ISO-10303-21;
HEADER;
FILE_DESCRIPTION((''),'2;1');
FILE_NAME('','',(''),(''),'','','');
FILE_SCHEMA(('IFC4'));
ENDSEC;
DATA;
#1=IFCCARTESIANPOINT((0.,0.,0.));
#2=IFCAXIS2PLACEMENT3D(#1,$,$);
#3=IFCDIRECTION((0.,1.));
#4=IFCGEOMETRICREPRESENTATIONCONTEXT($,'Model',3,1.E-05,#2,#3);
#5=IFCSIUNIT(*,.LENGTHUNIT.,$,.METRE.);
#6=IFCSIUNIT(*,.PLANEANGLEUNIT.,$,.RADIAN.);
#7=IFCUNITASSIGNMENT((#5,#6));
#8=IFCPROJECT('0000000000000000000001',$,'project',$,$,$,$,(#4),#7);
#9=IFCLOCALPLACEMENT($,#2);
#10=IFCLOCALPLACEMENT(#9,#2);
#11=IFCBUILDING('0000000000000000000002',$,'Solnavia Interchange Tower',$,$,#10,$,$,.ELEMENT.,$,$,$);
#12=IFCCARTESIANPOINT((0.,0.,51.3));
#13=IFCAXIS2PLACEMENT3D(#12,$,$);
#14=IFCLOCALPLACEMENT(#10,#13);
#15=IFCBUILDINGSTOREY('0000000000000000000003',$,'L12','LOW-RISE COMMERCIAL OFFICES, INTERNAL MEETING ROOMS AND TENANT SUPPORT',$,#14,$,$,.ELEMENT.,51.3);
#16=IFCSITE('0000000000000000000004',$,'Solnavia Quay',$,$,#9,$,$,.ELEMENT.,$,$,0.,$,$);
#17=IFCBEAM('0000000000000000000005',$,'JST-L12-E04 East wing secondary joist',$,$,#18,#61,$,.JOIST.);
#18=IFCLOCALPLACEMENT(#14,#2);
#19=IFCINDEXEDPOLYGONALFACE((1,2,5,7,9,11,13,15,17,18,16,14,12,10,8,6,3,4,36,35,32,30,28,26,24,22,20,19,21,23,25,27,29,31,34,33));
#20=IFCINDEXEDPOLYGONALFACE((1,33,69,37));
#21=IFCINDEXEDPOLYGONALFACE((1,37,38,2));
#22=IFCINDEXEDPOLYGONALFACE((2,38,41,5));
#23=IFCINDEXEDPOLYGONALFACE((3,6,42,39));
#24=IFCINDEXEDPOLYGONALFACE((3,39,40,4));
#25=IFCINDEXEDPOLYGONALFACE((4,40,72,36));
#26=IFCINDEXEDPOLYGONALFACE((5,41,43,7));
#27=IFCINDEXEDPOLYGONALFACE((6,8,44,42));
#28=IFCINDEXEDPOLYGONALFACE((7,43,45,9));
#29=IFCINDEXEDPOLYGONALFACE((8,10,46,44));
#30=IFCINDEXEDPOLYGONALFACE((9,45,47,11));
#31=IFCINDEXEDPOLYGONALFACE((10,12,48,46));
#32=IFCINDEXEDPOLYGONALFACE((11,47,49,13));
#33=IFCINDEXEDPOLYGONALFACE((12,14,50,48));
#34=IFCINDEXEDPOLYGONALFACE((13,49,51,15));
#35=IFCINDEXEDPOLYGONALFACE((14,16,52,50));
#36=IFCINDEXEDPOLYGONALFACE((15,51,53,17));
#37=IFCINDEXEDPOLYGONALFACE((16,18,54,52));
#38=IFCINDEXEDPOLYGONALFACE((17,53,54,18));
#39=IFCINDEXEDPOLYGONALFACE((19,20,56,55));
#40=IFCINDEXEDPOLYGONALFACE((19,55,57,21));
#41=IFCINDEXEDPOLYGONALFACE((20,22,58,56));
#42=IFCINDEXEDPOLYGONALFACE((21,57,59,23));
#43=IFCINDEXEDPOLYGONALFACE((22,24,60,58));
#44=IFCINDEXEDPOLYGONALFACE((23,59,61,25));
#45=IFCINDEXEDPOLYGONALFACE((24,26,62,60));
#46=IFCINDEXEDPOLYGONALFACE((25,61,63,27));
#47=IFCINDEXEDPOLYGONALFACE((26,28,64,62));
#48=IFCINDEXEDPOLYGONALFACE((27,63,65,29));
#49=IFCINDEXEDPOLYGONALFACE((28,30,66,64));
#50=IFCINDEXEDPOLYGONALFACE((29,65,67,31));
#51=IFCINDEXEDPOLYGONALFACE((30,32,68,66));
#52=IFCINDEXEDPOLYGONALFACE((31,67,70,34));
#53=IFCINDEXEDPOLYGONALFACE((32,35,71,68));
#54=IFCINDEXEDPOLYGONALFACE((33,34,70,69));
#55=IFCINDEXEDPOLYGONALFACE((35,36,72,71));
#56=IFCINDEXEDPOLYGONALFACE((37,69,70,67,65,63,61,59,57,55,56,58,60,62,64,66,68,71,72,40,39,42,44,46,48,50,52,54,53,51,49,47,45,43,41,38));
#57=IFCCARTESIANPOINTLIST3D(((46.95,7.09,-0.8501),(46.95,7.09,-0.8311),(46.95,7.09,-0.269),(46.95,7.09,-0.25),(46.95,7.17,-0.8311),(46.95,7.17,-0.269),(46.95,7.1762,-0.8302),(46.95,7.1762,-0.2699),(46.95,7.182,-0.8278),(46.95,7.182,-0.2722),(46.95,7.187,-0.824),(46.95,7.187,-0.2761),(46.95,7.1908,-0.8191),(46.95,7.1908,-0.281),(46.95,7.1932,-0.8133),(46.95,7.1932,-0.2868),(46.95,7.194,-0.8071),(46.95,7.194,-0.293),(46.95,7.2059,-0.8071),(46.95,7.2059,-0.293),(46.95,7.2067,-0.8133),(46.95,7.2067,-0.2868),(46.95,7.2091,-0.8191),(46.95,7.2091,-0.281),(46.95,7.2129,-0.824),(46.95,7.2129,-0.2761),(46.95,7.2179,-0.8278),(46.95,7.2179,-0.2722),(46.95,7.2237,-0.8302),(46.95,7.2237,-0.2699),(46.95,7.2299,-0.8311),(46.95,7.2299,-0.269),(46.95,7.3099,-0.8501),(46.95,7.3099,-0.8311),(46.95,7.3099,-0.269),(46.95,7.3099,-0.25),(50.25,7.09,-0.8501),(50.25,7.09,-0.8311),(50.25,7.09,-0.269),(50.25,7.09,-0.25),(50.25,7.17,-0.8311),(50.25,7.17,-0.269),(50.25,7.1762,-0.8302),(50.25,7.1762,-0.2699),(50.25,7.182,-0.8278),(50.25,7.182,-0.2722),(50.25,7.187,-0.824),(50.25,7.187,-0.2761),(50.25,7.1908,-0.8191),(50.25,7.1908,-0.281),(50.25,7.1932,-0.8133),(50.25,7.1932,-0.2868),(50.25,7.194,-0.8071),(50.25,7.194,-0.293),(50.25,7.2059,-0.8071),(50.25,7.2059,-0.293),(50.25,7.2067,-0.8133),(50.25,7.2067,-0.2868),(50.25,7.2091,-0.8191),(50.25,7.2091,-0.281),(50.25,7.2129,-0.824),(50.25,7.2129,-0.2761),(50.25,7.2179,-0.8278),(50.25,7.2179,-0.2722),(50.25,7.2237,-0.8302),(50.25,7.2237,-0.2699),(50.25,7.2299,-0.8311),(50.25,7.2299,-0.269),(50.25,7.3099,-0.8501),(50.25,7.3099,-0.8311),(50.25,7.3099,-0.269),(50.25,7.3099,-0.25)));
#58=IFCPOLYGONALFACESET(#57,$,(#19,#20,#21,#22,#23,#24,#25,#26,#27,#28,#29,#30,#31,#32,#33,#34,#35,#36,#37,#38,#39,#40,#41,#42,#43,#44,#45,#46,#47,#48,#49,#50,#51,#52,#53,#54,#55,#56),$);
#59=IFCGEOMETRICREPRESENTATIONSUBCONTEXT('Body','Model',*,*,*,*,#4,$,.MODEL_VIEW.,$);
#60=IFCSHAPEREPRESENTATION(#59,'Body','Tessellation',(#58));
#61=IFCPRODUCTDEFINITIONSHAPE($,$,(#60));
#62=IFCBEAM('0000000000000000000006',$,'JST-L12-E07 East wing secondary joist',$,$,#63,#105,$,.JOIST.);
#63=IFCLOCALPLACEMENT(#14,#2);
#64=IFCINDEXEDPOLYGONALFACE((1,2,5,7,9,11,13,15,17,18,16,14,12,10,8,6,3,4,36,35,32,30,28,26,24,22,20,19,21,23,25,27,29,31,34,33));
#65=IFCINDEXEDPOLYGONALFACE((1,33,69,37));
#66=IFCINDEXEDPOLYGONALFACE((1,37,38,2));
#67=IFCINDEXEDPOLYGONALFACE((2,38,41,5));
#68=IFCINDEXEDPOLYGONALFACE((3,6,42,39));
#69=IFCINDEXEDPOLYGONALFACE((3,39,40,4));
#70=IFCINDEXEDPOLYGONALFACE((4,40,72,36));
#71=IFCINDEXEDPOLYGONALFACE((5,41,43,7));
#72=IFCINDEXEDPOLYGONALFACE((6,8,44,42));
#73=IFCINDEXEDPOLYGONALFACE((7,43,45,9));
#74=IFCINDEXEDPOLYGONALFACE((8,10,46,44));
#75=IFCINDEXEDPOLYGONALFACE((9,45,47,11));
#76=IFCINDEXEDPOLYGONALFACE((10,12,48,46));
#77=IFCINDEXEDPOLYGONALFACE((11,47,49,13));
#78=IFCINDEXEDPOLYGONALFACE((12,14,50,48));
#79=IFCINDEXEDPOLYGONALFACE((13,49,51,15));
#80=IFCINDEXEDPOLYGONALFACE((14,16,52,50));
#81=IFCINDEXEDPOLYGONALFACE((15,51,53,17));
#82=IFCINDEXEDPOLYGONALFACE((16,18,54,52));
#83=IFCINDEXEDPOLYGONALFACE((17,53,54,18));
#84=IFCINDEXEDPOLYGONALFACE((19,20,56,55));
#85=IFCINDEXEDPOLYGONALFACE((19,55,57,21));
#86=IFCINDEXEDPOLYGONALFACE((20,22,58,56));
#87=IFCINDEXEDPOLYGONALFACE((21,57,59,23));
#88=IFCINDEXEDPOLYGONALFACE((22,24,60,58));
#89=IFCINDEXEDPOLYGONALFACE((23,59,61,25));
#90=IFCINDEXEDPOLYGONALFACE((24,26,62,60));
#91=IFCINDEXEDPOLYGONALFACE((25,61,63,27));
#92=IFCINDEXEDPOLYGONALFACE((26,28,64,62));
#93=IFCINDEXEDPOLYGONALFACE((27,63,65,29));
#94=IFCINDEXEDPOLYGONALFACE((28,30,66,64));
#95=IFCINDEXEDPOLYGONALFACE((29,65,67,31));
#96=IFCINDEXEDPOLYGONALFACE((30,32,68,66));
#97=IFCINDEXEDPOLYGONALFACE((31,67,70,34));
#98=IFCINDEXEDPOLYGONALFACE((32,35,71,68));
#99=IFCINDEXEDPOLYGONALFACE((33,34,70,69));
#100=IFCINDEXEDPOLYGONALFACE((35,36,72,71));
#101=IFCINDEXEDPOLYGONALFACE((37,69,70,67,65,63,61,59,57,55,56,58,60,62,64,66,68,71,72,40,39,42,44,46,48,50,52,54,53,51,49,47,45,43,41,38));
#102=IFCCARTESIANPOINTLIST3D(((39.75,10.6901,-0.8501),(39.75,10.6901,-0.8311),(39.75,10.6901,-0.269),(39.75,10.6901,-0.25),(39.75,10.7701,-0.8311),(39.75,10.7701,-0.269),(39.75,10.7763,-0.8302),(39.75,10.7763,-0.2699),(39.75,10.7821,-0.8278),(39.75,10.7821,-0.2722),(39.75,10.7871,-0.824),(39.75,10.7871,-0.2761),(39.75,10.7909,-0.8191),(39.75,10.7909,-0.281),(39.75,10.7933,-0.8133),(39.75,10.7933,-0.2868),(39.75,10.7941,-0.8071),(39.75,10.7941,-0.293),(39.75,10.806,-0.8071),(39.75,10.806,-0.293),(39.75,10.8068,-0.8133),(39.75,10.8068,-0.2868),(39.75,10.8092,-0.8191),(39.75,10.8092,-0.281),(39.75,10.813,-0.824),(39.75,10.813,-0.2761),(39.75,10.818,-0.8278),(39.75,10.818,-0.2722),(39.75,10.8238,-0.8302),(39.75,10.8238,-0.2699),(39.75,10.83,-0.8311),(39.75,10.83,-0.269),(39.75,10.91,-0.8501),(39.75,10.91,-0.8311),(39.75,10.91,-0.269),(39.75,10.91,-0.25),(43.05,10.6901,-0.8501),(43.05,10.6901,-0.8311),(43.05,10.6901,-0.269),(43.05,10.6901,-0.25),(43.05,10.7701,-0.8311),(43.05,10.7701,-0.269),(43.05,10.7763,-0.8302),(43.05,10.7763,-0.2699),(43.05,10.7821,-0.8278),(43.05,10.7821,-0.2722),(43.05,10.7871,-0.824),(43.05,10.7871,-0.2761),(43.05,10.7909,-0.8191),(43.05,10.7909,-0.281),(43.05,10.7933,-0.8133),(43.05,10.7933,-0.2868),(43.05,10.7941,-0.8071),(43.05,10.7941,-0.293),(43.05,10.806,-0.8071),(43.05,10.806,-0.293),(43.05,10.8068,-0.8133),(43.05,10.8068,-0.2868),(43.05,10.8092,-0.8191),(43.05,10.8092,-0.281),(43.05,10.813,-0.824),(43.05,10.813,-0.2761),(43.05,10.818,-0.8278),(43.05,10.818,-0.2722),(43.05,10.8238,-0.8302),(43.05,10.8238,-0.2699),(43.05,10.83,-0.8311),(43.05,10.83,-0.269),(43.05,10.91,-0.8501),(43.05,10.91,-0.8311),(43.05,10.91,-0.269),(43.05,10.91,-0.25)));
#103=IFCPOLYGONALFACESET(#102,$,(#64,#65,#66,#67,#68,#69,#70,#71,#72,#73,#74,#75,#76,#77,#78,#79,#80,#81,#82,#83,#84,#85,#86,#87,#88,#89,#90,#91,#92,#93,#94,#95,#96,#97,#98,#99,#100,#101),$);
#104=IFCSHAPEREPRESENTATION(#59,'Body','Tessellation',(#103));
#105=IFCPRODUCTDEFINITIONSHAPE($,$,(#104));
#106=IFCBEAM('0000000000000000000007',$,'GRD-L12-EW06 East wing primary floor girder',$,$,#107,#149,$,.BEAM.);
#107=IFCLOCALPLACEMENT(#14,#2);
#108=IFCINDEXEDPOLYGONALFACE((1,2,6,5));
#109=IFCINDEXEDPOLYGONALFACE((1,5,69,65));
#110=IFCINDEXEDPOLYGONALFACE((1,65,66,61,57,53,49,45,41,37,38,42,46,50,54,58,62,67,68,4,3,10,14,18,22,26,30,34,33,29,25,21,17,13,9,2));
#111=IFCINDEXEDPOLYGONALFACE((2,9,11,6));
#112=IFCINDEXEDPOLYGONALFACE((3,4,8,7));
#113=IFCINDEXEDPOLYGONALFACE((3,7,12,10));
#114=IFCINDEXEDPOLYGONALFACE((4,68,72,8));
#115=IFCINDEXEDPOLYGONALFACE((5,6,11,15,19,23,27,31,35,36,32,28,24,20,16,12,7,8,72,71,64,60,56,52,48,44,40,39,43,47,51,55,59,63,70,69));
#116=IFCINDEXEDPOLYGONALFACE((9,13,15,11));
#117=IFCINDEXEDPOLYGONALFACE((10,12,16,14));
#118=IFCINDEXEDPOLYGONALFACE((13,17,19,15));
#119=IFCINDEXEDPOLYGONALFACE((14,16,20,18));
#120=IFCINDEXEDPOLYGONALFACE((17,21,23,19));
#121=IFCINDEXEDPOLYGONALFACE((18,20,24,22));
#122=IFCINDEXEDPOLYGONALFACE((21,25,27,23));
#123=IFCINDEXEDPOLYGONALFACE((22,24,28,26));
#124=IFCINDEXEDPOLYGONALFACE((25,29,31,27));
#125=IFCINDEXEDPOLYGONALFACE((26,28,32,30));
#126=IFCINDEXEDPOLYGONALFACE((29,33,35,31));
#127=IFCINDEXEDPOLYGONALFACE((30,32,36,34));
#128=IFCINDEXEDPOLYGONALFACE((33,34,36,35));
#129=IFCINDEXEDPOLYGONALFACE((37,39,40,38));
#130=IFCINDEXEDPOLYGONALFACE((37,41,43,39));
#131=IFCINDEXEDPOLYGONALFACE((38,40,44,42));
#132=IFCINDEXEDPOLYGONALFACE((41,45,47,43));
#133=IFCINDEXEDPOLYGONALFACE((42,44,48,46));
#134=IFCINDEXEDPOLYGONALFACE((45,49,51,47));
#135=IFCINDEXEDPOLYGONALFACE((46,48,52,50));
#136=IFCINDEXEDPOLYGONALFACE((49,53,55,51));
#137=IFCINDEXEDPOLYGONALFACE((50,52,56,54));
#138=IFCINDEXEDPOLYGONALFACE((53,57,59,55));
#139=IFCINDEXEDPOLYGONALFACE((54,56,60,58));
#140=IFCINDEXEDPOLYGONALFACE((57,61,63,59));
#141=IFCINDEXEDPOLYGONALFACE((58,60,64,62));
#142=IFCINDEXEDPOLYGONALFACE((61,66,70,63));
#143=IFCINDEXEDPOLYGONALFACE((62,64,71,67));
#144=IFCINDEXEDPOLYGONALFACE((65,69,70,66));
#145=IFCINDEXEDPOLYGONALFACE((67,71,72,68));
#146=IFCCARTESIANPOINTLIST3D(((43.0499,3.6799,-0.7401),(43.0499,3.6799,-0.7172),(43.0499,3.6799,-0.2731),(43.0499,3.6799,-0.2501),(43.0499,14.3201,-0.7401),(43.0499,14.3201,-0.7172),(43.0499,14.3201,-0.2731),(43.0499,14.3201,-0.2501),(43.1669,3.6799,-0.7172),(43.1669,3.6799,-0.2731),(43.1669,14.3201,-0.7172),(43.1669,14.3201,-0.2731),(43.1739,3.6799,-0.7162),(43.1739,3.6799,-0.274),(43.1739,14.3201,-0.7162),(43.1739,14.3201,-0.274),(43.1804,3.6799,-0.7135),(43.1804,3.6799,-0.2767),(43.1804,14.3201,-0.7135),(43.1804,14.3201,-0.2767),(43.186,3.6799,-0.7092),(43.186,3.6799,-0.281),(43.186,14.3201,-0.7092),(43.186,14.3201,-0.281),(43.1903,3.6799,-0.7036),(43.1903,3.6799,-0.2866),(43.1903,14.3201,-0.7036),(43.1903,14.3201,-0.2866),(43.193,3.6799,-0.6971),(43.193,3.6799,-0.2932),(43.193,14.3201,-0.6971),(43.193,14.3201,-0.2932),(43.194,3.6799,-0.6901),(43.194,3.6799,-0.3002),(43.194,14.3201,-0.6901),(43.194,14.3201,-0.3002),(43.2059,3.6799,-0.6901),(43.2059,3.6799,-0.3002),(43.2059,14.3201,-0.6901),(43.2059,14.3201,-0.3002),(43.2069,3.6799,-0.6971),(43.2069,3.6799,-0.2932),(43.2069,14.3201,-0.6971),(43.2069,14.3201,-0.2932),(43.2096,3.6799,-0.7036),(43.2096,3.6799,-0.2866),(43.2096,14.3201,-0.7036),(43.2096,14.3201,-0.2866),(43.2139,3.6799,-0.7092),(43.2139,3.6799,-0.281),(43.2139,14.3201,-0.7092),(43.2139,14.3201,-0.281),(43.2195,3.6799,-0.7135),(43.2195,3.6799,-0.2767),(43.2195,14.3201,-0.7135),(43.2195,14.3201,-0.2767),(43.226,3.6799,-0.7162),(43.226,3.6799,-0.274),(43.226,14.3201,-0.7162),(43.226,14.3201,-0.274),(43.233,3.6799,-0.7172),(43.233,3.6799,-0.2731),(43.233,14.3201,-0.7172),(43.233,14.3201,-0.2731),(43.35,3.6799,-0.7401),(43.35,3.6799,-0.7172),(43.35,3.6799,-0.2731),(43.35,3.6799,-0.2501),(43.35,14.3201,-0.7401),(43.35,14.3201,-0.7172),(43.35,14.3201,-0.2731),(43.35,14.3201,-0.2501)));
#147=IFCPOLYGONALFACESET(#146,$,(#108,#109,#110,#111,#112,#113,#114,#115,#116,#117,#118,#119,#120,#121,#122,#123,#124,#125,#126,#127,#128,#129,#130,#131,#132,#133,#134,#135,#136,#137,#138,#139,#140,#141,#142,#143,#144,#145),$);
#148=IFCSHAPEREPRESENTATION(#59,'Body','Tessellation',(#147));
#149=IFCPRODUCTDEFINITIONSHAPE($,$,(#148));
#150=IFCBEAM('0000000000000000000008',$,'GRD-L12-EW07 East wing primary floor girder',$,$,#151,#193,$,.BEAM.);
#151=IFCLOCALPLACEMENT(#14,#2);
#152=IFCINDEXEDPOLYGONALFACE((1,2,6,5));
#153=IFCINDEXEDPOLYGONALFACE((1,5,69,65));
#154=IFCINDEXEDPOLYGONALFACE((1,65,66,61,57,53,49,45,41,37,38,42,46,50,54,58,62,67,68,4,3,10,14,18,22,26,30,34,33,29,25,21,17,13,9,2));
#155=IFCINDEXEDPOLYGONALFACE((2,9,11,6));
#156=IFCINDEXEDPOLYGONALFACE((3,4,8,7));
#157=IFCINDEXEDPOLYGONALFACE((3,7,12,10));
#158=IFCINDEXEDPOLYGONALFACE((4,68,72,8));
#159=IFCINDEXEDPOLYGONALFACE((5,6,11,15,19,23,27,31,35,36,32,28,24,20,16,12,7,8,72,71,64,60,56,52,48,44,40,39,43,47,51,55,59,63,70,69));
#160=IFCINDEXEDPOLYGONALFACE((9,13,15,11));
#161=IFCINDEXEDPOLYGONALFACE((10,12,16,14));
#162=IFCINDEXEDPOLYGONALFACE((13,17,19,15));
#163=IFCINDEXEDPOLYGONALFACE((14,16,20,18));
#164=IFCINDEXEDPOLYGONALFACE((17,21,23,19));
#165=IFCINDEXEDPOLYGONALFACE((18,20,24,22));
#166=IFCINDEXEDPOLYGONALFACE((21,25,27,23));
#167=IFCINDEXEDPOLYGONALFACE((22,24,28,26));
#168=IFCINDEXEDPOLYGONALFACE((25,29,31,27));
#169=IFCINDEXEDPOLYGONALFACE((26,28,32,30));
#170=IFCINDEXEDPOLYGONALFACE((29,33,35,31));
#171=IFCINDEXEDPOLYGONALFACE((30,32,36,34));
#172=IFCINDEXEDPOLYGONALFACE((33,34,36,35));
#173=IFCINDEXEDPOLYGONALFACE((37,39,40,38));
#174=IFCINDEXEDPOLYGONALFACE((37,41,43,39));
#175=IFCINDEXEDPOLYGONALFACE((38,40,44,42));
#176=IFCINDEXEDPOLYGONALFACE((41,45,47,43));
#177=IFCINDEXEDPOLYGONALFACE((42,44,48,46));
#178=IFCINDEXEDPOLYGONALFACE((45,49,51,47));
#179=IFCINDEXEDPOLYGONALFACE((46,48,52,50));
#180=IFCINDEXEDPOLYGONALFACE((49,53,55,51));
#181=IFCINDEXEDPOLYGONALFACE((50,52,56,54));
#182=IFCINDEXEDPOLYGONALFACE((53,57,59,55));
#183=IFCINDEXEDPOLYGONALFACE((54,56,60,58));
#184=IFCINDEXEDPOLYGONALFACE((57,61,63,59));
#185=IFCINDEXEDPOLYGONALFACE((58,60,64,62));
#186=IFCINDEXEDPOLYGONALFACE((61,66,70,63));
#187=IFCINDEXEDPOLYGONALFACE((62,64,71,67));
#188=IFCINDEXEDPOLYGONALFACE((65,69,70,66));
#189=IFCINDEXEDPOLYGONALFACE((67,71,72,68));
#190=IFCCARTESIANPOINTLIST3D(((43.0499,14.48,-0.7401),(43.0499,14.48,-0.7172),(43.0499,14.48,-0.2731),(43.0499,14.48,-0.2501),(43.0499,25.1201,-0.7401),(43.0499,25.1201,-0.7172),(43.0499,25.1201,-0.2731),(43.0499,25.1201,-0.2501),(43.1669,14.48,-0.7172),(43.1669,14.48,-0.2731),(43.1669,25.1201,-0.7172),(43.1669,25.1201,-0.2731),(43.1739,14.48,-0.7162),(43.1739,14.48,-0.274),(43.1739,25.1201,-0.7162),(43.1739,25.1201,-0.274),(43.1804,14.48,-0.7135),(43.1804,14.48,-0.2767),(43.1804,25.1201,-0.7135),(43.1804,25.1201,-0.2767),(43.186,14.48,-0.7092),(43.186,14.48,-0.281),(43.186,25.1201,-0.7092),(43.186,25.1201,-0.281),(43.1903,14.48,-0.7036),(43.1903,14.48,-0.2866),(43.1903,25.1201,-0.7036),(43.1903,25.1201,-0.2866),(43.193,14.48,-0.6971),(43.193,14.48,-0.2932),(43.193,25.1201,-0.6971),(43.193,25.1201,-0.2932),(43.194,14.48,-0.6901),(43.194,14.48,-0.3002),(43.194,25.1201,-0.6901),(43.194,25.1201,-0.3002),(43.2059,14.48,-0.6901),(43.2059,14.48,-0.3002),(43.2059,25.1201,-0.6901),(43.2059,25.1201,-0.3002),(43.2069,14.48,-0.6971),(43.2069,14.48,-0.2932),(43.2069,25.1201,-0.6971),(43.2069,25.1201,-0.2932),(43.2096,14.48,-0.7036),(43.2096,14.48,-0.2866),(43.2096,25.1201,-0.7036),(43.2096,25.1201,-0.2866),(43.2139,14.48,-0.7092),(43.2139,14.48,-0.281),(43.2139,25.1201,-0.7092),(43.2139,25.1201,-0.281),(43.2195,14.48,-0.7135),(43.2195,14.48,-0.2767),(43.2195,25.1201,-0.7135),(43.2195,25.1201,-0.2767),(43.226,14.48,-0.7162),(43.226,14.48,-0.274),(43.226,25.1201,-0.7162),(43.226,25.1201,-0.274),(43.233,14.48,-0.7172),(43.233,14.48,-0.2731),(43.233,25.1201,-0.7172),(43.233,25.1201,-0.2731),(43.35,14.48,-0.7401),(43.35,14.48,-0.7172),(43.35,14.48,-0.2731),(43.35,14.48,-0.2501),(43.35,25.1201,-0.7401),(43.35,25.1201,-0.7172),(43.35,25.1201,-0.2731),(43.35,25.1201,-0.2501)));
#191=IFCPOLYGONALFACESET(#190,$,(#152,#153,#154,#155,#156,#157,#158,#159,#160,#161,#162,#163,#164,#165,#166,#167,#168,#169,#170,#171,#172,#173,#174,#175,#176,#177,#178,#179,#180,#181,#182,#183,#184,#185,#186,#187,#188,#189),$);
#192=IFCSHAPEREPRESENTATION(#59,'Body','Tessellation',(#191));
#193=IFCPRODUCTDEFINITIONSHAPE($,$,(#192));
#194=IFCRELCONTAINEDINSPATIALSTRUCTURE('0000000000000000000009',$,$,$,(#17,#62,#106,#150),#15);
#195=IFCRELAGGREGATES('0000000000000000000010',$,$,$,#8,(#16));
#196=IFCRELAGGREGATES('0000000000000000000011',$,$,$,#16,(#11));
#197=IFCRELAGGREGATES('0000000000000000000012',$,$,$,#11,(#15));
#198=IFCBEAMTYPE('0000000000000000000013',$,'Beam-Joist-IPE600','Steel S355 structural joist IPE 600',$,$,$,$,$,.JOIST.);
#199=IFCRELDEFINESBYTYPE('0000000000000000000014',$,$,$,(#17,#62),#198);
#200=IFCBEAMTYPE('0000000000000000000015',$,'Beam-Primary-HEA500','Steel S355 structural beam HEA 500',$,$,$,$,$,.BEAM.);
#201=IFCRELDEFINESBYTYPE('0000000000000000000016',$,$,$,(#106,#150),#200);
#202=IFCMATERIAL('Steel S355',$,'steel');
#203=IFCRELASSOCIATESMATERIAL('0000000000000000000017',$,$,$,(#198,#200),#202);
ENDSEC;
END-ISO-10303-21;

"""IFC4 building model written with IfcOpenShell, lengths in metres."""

from ifc_helpers import new_model, si_unit, direction, frame, origin, origin_2d, place, context, subcontext, project, spatial, i_section, extrude, material, material_profile, profile_set, type_object, element, save


model = new_model("IFC4")

# Units and contexts
model_context = context("Model", 3, precision=1e-05, world=origin(), true_north=direction((0.0, 1.0)))
body_context = subcontext(model_context, "Body", "Model", "MODEL_VIEW")
ifc_project = project(units=[si_unit("LENGTHUNIT", "METRE"), si_unit("PLANEANGLEUNIT", "RADIAN")], contexts=[model_context])

# Site, building, storey
site_placement = place(None, origin())
site = spatial("IfcSite", under=ifc_project, at=site_placement, Name="Solnavia Quay", CompositionType="ELEMENT", RefElevation=0.0)
building_placement = place(site_placement, origin())
building = spatial("IfcBuilding", under=site, at=building_placement, Name="Solnavia Interchange Tower", CompositionType="ELEMENT")
storey_placement = place(building_placement, frame((0.0, 0.0, 51.3)))
storey = spatial("IfcBuildingStorey", under=building, at=storey_placement, Name="L12", Description="LOW-RISE COMMERCIAL OFFICES, INTERNAL MEETING ROOMS AND TENANT SUPPORT", CompositionType="ELEMENT", Elevation=51.3)

# Shared definitions
ifc_material_1 = material(Name="Steel S355", Category="steel")

# Beams
ifc_material_profile_1 = material_profile(ifc_material_1, i_section(OverallWidth=0.22, OverallDepth=0.6001, WebThickness=0.012, FlangeThickness=0.019, FilletRadius=0.0239, at=origin_2d()), Name="IPE 600")
ifc_profile_set_1 = profile_set([ifc_material_profile_1], Name="Steel S355")
beam_type_1 = type_object("IfcBeamType", Name="Beam-Joist-IPE600", Description="Steel S355 structural joist IPE 600", PredefinedType="JOIST", material=ifc_profile_set_1)
for number, where, z_axis, x_axis, name in (
    (1, (46.95, 7.2, -0.55), (1.0, 0.0, 0.0), (0.0, 1.0, 0.0), "JST-L12-E04 East wing secondary joist"),
    (2, (39.75, 10.8, -0.55), (1.0, 0.0, 0.0), (0.0, 1.0, 0.0), "JST-L12-E07 East wing secondary joist"),
):
    element("IfcBeam", number, at=place(storey_placement, frame(where, z_axis=z_axis, x_axis=x_axis)), inside=storey, type_object=beam_type_1, Name=name, PredefinedType="JOIST", context=body_context, shape_type="SweptSolid", body=[
        extrude(i_section(OverallWidth=0.22, OverallDepth=0.6001, WebThickness=0.012, FlangeThickness=0.019, FilletRadius=0.0239, at=origin_2d()), origin(), (0.0, 0.0, 1.0), 3.3),
    ])
ifc_material_profile_2 = material_profile(ifc_material_1, i_section(OverallWidth=0.3, OverallDepth=0.49, WebThickness=0.012, FlangeThickness=0.0229, FilletRadius=0.0271, at=origin_2d()), Name="HEA 500")
ifc_profile_set_2 = profile_set([ifc_material_profile_2], Name="Steel S355")
beam_type_2 = type_object("IfcBeamType", Name="Beam-Primary-HEA500", Description="Steel S355 structural beam HEA 500", PredefinedType="BEAM", material=ifc_profile_set_2)
for number, where, z_axis, x_axis, name in (
    (3, (43.2, 3.6799, -0.4951), (0.0, 1.0, 0.0), (-1.0, 0.0, 0.0), "GRD-L12-EW06 East wing primary floor girder"),
    (4, (43.2, 14.48, -0.4951), (0.0, 1.0, 0.0), (-1.0, 0.0, 0.0), "GRD-L12-EW07 East wing primary floor girder"),
):
    element("IfcBeam", number, at=place(storey_placement, frame(where, z_axis=z_axis, x_axis=x_axis)), inside=storey, type_object=beam_type_2, Name=name, PredefinedType="BEAM", context=body_context, shape_type="SweptSolid", body=[
        extrude(i_section(OverallWidth=0.3, OverallDepth=0.49, WebThickness=0.012, FlangeThickness=0.0229, FilletRadius=0.0271, at=origin_2d()), origin(), (0.0, 0.0, 1.0), 10.6401),
    ])

save(model, "model.ifc")
